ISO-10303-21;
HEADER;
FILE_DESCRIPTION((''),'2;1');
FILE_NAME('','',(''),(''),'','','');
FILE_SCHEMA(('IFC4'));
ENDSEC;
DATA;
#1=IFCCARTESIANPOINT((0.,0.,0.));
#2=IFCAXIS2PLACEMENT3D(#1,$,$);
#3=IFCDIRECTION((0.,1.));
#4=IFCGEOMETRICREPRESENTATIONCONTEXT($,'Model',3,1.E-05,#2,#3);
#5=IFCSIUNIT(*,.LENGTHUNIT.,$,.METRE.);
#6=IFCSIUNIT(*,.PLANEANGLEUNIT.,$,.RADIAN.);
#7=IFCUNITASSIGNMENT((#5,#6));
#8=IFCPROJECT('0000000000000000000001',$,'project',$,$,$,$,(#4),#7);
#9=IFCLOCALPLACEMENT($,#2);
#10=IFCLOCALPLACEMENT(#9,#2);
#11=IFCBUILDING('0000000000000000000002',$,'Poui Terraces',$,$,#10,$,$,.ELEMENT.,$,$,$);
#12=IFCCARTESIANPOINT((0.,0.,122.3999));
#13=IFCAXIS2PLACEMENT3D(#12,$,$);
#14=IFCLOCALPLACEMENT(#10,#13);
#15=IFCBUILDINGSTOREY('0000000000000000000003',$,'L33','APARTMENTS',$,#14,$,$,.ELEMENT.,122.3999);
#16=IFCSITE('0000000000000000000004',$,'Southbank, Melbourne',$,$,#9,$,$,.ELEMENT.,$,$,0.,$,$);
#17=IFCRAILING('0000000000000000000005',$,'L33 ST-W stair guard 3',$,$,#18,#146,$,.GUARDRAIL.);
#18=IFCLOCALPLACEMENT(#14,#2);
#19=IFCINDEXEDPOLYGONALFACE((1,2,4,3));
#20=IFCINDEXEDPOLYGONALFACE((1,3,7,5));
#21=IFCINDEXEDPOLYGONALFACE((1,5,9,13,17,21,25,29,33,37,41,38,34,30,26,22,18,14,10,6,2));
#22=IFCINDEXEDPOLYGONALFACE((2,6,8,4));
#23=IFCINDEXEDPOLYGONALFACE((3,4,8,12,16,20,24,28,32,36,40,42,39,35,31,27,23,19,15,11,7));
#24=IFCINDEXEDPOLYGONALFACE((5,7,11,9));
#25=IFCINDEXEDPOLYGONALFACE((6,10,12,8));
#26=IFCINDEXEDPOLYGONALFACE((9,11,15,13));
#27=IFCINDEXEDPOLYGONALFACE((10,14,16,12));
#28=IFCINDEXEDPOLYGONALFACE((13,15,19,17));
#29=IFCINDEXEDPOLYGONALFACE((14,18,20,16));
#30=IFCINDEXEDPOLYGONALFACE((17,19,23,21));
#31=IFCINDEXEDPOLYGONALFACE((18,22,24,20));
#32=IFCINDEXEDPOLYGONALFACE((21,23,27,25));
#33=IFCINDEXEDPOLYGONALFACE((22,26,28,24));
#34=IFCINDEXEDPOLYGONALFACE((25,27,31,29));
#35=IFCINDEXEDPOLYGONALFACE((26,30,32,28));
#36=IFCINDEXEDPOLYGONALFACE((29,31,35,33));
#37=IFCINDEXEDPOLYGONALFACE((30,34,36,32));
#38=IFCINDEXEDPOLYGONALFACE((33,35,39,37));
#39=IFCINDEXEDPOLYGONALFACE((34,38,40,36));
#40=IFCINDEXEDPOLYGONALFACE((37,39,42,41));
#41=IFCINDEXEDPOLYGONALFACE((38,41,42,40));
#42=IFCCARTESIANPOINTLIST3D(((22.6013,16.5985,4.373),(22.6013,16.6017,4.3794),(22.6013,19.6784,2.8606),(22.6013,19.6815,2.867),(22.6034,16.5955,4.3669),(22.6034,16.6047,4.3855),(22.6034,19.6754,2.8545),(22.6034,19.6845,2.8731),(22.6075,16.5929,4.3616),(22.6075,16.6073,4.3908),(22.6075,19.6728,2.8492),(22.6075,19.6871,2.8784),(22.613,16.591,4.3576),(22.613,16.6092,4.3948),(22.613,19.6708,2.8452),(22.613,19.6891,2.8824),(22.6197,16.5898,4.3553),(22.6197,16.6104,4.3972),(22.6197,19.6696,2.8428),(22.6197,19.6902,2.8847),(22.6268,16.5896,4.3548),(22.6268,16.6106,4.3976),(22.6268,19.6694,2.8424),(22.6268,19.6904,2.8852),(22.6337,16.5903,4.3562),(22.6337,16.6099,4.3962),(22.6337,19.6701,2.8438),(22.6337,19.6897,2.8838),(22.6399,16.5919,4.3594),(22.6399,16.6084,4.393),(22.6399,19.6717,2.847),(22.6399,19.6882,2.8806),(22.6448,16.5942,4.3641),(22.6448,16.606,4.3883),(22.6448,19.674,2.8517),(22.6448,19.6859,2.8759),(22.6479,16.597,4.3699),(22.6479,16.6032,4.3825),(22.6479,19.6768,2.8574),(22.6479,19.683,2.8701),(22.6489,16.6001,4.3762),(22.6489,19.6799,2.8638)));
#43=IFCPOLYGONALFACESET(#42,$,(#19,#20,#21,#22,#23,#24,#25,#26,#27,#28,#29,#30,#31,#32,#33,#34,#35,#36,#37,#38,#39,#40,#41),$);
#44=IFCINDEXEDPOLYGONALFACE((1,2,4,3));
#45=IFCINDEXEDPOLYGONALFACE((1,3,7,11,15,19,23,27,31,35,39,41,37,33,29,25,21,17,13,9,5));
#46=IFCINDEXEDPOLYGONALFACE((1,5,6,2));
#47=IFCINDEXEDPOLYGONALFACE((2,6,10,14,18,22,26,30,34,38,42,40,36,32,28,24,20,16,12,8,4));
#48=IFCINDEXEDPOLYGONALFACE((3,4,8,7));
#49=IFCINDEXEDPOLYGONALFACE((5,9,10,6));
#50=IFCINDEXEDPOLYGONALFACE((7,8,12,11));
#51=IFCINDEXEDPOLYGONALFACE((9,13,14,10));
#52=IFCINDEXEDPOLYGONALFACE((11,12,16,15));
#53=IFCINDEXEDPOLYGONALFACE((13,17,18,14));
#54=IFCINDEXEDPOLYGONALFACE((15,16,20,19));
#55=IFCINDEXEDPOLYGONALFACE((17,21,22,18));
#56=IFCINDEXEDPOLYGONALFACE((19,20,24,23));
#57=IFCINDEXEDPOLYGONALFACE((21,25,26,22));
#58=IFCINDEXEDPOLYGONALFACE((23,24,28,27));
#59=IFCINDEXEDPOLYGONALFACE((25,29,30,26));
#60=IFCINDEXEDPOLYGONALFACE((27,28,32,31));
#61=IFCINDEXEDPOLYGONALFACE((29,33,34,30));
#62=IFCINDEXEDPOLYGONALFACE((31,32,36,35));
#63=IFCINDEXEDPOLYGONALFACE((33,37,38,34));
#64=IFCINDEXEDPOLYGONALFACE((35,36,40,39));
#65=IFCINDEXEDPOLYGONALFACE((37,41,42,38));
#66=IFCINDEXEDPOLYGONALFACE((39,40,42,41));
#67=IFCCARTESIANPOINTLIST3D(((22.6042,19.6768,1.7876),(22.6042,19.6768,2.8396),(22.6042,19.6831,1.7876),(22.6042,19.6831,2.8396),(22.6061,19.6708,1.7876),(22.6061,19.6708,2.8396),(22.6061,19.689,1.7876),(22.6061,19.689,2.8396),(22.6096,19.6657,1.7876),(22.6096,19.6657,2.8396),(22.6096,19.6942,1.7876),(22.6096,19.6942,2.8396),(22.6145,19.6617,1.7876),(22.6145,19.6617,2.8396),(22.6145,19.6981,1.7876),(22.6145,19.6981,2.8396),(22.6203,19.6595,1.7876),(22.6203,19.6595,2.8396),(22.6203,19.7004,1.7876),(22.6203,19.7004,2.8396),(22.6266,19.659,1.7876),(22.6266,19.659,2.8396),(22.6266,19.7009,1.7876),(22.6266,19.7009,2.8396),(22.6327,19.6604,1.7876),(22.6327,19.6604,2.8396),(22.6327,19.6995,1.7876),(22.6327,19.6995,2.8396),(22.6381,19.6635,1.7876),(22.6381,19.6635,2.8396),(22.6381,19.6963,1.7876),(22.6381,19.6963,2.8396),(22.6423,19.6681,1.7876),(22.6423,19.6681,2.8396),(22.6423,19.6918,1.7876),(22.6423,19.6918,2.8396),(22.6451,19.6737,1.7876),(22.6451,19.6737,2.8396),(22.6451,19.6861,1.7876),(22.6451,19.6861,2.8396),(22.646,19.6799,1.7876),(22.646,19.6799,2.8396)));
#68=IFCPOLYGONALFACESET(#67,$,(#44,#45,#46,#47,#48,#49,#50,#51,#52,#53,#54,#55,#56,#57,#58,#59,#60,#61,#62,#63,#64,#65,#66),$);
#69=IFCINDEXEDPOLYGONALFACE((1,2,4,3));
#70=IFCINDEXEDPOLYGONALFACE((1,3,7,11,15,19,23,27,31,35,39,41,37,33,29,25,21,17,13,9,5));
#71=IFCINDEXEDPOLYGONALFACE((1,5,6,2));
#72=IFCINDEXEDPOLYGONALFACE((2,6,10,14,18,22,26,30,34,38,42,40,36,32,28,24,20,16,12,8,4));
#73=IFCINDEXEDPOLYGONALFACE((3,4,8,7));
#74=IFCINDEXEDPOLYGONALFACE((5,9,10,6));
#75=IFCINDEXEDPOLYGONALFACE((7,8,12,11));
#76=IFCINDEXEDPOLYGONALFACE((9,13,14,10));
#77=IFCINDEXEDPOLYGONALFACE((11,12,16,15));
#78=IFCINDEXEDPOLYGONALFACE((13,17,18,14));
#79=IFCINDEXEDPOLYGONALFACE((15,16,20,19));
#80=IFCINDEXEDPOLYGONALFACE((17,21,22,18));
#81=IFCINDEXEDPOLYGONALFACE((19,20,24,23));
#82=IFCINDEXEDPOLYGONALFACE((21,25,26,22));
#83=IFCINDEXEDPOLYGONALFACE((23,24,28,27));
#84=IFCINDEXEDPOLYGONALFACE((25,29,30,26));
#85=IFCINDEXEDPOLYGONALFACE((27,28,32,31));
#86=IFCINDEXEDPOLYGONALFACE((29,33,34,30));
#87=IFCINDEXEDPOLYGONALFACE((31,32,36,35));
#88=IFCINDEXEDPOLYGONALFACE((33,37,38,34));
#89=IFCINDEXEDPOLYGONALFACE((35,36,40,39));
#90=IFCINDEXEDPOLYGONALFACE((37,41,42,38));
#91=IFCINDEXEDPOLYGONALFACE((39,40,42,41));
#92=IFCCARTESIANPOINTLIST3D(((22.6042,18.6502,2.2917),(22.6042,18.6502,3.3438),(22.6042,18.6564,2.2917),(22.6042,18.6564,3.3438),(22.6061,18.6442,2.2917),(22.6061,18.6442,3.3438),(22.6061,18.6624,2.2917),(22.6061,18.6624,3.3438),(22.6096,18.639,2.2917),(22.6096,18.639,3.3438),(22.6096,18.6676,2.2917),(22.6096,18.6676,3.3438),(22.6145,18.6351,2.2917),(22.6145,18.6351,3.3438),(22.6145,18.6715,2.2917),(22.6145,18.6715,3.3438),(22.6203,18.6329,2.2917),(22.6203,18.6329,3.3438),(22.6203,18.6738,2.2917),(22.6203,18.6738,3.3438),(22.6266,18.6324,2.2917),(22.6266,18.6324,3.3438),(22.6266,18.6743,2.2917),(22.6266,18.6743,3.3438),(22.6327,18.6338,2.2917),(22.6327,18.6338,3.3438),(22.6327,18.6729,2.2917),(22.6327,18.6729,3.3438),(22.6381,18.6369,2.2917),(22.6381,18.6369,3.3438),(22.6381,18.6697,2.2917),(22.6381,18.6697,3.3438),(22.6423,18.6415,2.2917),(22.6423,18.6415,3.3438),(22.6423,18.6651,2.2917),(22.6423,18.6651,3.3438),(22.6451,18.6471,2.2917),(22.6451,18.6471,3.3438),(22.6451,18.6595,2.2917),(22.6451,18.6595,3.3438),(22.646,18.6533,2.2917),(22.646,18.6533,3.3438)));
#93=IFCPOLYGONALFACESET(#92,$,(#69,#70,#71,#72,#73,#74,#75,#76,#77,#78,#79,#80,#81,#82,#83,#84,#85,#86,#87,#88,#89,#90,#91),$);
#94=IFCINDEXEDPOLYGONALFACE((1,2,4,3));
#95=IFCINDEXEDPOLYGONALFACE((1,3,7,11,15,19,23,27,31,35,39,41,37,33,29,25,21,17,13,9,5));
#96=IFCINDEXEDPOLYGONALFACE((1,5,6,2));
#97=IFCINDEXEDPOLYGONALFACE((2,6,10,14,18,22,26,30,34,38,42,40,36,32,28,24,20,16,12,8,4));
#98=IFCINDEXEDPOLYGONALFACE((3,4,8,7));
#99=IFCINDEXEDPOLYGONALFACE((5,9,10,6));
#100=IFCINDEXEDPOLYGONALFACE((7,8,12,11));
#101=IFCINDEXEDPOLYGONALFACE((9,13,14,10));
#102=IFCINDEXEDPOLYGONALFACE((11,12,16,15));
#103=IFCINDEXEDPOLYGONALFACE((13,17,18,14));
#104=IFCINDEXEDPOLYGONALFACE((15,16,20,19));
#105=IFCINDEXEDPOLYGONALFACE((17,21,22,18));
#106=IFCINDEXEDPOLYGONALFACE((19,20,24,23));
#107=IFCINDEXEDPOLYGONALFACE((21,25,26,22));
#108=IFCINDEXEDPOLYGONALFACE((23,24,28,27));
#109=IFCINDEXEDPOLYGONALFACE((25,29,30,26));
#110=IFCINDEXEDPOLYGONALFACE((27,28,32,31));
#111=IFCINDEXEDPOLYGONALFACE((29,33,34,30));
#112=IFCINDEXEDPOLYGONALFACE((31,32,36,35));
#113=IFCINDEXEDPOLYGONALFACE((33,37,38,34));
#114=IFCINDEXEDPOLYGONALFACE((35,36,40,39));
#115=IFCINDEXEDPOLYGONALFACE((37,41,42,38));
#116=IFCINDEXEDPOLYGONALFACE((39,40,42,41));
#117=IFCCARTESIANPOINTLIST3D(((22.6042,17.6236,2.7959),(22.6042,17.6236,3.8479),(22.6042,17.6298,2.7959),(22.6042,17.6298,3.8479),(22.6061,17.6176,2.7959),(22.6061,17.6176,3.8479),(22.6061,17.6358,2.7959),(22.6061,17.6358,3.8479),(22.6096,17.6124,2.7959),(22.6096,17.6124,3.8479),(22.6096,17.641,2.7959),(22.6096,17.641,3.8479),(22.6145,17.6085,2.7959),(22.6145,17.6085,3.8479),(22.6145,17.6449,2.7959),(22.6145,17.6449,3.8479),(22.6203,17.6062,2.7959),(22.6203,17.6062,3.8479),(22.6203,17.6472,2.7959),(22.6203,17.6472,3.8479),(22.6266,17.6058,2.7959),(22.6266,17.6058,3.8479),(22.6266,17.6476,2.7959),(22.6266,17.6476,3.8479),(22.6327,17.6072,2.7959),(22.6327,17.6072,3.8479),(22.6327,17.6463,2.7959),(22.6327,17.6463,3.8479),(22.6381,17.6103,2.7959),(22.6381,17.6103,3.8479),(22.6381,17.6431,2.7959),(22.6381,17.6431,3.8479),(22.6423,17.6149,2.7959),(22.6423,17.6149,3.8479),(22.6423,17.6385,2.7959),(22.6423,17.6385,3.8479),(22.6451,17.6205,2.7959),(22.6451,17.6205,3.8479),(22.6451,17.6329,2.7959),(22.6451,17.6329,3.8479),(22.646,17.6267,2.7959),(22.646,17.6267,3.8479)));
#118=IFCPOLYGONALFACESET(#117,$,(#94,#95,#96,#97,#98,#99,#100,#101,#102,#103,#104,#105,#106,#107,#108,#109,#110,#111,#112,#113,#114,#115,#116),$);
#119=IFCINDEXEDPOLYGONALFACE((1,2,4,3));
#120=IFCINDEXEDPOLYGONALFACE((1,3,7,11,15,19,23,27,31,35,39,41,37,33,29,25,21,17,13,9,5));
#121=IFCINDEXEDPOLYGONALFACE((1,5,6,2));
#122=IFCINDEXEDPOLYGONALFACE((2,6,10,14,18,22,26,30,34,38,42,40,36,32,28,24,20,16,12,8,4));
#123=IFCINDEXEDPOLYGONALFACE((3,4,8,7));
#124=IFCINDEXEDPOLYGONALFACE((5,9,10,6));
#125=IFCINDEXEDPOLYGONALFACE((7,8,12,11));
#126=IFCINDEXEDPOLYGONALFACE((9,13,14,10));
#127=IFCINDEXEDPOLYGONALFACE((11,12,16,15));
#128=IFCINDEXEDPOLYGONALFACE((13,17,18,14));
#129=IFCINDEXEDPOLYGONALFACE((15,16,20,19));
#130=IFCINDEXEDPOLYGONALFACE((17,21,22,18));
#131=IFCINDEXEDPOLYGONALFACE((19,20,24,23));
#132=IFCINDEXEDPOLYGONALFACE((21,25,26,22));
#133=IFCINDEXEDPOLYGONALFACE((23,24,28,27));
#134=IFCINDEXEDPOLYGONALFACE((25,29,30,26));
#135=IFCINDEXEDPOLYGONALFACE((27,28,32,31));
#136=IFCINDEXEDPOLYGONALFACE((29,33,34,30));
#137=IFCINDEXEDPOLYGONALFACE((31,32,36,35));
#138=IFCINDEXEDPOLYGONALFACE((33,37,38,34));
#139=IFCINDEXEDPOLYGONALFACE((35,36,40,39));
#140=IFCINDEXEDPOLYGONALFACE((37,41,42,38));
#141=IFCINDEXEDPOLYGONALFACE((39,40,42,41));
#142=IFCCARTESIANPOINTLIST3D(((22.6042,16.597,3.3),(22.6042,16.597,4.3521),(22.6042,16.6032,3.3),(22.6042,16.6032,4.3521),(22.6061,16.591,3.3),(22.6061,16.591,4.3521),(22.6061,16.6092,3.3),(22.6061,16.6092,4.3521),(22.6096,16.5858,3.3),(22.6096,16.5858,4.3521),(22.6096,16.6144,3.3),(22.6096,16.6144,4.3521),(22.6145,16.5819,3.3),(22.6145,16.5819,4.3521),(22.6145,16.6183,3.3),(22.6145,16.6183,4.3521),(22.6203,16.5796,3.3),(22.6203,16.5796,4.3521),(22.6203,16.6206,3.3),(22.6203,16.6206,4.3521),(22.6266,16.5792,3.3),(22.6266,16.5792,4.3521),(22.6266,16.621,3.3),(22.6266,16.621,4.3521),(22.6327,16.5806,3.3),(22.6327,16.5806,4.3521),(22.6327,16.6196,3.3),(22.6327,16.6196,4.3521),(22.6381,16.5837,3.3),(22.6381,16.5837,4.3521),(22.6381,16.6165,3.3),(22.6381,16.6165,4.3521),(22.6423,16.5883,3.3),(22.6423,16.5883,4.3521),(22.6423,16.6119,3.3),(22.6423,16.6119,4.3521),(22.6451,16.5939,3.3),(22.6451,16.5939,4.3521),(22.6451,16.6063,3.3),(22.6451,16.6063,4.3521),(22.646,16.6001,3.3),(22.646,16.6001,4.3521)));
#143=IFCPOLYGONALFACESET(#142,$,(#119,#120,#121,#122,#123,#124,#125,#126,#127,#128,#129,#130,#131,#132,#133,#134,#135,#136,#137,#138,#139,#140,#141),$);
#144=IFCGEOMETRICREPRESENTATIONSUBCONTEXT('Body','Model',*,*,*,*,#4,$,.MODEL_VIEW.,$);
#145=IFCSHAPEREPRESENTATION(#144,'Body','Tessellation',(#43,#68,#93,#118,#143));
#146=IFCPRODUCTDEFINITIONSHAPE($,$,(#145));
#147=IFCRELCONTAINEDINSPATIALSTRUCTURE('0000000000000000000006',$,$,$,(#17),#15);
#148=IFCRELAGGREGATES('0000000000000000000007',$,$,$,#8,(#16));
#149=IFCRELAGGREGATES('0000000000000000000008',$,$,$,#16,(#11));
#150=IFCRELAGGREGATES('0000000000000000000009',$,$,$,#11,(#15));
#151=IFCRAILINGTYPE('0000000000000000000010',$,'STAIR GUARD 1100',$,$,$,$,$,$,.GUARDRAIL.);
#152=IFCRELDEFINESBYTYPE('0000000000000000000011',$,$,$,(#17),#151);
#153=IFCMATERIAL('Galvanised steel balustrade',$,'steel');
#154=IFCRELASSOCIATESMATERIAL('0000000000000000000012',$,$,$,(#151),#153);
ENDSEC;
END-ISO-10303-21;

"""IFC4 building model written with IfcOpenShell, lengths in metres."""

from ifc_helpers import new_model, si_unit, direction, frame, origin, origin_2d, place, context, subcontext, project, spatial, circle, extrude, material, type_object, element, save


model = new_model("IFC4")

# Units and contexts
model_context = context("Model", 3, precision=1e-05, world=origin(), true_north=direction((0.0, 1.0)))
body_context = subcontext(model_context, "Body", "Model", "MODEL_VIEW")
ifc_project = project(units=[si_unit("LENGTHUNIT", "METRE"), si_unit("PLANEANGLEUNIT", "RADIAN")], contexts=[model_context])

# Site, building, storey
site_placement = place(None, origin())
site = spatial("IfcSite", under=ifc_project, at=site_placement, Name="Southbank, Melbourne", CompositionType="ELEMENT", RefElevation=0.0)
building_placement = place(site_placement, origin())
building = spatial("IfcBuilding", under=site, at=building_placement, Name="Poui Terraces", CompositionType="ELEMENT")
storey_placement = place(building_placement, frame((0.0, 0.0, 122.3999)))
storey = spatial("IfcBuildingStorey", under=building, at=storey_placement, Name="L33", Description="APARTMENTS", CompositionType="ELEMENT", Elevation=122.3999)

# Railing
ifc_material_1 = material(Name="Galvanised steel balustrade", Category="steel")
railing_type = type_object("IfcRailingType", Name="STAIR GUARD 1100", PredefinedType="GUARDRAIL", material=ifc_material_1)
railing_1_placement = place(storey_placement, frame((22.625, 19.6799, 1.7876)))
element("IfcRailing", 1, at=railing_1_placement, inside=storey, type_object=railing_type, Name="L33 ST-W stair guard 3", PredefinedType="GUARDRAIL", context=body_context, shape_type="SweptSolid", body=[
    extrude(circle(Radius=0.0239, at=origin_2d()), frame((0.0, 0.0, 1.0762), z_axis=(0.0, -0.897606, 0.440798), x_axis=(1.0, 0.0, 0.0)), (0.0, 0.0, 1.0), 3.4312),
    extrude(circle(Radius=0.021, at=origin_2d()), origin(), (0.0, 0.0, 1.0), 1.052),
    extrude(circle(Radius=0.021, at=origin_2d()), frame((0.0, -1.0266, 0.5042)), (0.0, 0.0, 1.0), 1.052),
    extrude(circle(Radius=0.021, at=origin_2d()), frame((0.0, -2.0532, 1.0083)), (0.0, 0.0, 1.0), 1.052),
    extrude(circle(Radius=0.021, at=origin_2d()), frame((0.0, -3.0798, 1.5125)), (0.0, 0.0, 1.0), 1.052),
])

save(model, "model.ifc")
